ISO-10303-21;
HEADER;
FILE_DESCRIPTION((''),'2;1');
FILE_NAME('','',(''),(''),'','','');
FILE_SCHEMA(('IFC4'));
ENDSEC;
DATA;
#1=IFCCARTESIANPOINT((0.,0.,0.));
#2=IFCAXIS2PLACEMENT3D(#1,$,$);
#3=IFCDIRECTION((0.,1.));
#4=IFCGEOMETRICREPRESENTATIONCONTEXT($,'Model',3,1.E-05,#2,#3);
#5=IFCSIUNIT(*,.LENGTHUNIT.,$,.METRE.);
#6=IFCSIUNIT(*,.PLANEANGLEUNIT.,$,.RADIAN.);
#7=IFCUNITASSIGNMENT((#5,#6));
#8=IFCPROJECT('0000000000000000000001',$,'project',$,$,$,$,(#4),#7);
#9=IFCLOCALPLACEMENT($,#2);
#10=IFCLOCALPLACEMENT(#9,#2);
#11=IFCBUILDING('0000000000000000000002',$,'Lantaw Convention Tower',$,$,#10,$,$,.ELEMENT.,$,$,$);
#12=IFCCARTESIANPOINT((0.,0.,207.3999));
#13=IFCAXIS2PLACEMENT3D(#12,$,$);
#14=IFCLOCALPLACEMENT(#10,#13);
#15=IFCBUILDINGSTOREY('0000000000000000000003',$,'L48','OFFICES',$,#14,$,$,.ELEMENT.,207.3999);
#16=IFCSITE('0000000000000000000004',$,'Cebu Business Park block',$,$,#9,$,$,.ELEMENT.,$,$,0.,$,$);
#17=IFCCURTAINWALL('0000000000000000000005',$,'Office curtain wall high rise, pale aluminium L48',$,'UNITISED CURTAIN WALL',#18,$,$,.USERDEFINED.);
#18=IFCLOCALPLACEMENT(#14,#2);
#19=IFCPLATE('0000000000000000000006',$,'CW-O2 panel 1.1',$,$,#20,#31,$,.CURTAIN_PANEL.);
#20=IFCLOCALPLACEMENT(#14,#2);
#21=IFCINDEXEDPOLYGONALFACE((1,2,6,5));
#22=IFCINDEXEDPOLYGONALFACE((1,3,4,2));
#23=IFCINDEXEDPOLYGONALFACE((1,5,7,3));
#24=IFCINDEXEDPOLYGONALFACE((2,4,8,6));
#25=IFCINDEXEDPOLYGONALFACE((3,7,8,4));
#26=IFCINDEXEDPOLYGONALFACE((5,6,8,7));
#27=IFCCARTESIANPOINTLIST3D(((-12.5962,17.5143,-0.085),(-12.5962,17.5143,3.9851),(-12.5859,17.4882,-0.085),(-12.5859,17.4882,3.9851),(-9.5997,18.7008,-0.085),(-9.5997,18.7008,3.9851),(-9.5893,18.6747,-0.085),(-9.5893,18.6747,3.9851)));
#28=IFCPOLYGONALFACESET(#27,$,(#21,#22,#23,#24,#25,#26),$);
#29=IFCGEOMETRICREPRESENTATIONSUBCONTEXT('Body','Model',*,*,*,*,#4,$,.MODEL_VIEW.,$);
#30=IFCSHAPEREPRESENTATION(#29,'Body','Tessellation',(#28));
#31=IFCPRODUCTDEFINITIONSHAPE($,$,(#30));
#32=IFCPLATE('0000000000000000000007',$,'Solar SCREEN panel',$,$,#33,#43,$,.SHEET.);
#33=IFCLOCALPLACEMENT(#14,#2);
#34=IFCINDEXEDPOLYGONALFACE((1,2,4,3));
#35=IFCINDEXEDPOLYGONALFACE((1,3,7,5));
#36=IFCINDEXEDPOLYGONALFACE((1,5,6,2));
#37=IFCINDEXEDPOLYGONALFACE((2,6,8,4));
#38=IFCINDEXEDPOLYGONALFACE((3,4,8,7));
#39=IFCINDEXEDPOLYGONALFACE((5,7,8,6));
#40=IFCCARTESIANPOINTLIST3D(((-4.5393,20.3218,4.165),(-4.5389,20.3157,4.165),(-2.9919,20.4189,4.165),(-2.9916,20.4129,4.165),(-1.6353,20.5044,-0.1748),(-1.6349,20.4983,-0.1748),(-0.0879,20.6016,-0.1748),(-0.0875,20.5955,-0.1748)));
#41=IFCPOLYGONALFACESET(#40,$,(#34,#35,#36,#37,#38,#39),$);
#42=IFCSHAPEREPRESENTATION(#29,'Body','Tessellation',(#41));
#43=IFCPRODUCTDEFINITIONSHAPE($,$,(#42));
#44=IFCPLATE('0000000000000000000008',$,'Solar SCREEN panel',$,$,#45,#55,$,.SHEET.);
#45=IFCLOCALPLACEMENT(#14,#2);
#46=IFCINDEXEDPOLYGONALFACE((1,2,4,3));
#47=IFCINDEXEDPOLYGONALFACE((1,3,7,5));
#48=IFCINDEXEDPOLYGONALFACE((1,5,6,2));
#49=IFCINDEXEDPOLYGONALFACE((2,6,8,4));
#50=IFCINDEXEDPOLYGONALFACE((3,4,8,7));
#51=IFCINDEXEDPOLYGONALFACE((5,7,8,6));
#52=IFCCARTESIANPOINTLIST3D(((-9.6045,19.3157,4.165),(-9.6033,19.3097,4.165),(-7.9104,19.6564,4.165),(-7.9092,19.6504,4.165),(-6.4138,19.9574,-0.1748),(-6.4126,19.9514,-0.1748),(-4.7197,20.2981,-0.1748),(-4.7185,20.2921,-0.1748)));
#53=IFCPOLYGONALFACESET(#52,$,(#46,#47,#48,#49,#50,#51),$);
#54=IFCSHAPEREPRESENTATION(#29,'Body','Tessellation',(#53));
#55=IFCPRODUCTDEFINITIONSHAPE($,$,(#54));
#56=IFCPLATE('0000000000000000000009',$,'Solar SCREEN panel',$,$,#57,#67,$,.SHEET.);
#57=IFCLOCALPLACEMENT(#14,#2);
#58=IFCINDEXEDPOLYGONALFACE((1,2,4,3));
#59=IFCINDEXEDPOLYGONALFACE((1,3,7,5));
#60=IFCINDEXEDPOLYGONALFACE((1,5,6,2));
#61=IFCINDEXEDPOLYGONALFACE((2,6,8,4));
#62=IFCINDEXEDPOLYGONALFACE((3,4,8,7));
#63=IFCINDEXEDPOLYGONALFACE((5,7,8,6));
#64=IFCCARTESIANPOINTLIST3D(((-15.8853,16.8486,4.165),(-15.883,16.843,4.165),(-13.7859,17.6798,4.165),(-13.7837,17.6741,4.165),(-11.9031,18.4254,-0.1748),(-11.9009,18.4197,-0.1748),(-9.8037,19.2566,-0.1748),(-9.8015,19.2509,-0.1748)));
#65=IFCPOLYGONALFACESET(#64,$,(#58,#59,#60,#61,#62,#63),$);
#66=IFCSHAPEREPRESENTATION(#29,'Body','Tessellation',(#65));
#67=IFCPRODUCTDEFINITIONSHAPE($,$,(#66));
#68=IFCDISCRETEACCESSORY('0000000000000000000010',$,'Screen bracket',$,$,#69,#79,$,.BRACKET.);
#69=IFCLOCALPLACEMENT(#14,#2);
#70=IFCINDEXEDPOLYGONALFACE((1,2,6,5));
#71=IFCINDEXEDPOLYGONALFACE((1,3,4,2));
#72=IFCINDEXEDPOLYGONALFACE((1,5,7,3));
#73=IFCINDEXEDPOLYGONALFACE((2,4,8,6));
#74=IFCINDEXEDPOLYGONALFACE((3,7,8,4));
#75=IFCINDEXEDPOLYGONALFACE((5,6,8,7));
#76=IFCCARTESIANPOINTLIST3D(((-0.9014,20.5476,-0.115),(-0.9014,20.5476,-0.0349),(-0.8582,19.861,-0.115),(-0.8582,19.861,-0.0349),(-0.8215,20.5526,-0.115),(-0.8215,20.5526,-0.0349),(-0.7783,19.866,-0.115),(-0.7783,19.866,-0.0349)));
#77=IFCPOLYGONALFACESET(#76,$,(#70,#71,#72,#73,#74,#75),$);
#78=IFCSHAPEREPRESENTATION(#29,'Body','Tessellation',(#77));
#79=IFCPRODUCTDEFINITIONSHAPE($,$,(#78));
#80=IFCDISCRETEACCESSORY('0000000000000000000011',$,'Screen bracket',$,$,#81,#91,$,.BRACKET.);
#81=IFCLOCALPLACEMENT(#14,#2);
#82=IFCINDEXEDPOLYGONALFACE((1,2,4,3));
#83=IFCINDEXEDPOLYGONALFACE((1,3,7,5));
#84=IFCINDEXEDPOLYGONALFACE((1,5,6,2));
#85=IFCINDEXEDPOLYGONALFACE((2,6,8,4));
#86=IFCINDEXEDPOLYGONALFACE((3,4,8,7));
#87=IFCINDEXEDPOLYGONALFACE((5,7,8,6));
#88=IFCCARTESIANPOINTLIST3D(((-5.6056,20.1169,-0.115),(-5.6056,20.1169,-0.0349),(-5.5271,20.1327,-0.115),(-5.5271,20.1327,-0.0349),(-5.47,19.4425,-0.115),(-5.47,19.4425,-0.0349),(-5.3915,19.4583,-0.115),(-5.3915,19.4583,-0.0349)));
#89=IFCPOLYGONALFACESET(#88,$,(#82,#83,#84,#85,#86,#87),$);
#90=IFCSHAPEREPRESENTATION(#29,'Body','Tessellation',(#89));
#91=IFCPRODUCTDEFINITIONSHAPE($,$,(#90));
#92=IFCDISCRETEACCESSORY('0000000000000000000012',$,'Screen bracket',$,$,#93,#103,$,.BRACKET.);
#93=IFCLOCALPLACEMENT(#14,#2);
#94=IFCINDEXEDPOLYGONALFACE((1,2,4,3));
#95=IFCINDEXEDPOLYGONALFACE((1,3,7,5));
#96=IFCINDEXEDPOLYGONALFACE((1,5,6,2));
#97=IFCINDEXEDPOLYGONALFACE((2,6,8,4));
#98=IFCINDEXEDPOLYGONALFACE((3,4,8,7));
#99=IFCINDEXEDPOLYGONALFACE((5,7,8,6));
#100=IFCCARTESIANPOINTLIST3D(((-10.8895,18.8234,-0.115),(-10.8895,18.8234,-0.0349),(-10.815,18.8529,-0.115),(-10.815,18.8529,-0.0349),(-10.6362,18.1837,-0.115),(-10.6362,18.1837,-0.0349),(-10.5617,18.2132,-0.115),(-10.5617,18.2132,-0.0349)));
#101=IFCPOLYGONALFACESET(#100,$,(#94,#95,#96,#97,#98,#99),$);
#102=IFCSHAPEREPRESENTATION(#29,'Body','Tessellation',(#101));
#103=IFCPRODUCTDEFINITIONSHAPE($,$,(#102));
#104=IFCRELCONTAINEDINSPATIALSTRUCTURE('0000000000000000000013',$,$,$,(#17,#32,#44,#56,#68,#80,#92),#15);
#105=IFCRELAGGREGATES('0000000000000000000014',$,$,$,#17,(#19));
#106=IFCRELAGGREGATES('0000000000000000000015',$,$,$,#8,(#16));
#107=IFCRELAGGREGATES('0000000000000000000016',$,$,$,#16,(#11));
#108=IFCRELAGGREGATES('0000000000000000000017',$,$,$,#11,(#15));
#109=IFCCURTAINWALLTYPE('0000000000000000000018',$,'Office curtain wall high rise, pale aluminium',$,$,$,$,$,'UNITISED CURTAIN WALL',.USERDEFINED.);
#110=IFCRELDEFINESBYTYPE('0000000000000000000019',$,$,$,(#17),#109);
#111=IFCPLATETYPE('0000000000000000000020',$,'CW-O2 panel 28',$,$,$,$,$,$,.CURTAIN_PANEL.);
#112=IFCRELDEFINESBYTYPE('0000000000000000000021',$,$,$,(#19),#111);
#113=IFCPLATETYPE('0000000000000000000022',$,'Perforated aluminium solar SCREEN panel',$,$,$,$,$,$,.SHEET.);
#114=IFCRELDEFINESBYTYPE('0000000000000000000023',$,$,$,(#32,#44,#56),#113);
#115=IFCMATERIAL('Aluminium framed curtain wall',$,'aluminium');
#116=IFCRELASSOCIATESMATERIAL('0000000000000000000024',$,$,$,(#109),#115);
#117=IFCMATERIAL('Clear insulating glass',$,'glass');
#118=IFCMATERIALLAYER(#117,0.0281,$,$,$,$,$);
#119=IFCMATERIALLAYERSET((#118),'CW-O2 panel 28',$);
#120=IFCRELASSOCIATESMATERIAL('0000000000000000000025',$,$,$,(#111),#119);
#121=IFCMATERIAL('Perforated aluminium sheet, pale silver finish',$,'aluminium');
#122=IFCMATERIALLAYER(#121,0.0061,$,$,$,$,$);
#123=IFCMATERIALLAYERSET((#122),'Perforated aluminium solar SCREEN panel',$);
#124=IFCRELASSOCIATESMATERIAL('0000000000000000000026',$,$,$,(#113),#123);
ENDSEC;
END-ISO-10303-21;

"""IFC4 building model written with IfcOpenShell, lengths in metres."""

from ifc_helpers import new_model, si_unit, direction, frame, origin, origin_2d, place, context, subcontext, project, spatial, polyline, rectangle, outline, extrude, material, layer, layer_set, type_object, element, aggregate, save


model = new_model("IFC4")

# Units and contexts
model_context = context("Model", 3, precision=1e-05, world=origin(), true_north=direction((0.0, 1.0)))
body_context = subcontext(model_context, "Body", "Model", "MODEL_VIEW")
ifc_project = project(units=[si_unit("LENGTHUNIT", "METRE"), si_unit("PLANEANGLEUNIT", "RADIAN")], contexts=[model_context])

# Site, building, storey
site_placement = place(None, origin())
site = spatial("IfcSite", under=ifc_project, at=site_placement, Name="Cebu Business Park block", CompositionType="ELEMENT", RefElevation=0.0)
building_placement = place(site_placement, origin())
building = spatial("IfcBuilding", under=site, at=building_placement, Name="Lantaw Convention Tower", CompositionType="ELEMENT")
storey_placement = place(building_placement, frame((0.0, 0.0, 207.3999)))
storey = spatial("IfcBuildingStorey", under=building, at=storey_placement, Name="L48", Description="OFFICES", CompositionType="ELEMENT", Elevation=207.3999)

# Shared definitions
ifc_material_1 = material(Name="Aluminium framed curtain wall", Category="aluminium")
curtain_wall_type = type_object("IfcCurtainWallType", Name="Office curtain wall high rise, pale aluminium", ElementType="UNITISED CURTAIN WALL", PredefinedType="USERDEFINED", material=ifc_material_1)

# Curtain wall
curtain_wall_1_placement = place(storey_placement, origin())
curtain_wall_1 = element("IfcCurtainWall", 1, at=curtain_wall_1_placement, inside=storey, type_object=curtain_wall_type, Name="Office curtain wall high rise, pale aluminium L48", ObjectType="UNITISED CURTAIN WALL", PredefinedType="USERDEFINED")

# Plate
ifc_material_2 = material(Name="Clear insulating glass", Category="glass")
ifc_layer_1 = layer(ifc_material_2, 0.0281)
ifc_layer_set_1 = layer_set([ifc_layer_1], Name="CW-O2 panel 28")
plate_type_1 = type_object("IfcPlateType", Name="CW-O2 panel 28", PredefinedType="CURTAIN_PANEL", material=ifc_layer_set_1)
plate_1_placement = place(storey_placement, frame((-11.0928, 18.0945, -0.085), z_axis=(0.0, 0.0, 1.0), x_axis=(-0.929762, -0.368162, 0.0)))
plate_1 = element("IfcPlate", 2, at=plate_1_placement, type_object=plate_type_1, Name="CW-O2 panel 1.1", PredefinedType="CURTAIN_PANEL", context=body_context, shape_type="SweptSolid", body=[
    extrude(rectangle(XDim=3.2229, YDim=0.0281, at=origin_2d()), origin(), (0.0, 0.0, 1.0), 4.0701),
])
aggregate(curtain_wall_1, [plate_1])

# Plates
ifc_material_3 = material(Name="Perforated aluminium sheet, pale silver finish", Category="aluminium")
ifc_layer_2 = layer(ifc_material_3, 0.0061)
ifc_layer_set_2 = layer_set([ifc_layer_2], Name="Perforated aluminium solar SCREEN panel")
plate_type_2 = type_object("IfcPlateType", Name="Perforated aluminium solar SCREEN panel", PredefinedType="SHEET", material=ifc_layer_set_2)
plate_2_placement = place(storey_placement, frame((-0.0879, 20.6016, -0.1748), z_axis=(-0.062672, 0.998034, 0.000059), x_axis=(-0.998034, -0.062672, 0.0)))
element("IfcPlate", 3, at=plate_2_placement, inside=storey, type_object=plate_type_2, Name="Solar SCREEN panel", PredefinedType="SHEET", context=body_context, shape_type="SweptSolid", body=[
    extrude(outline(polyline([(0.0, 0.0), (1.5504, 0.0), (4.4602, 4.3398), (2.9098, 4.3398), (0.0, 0.0)])), origin(), (0.0, 0.0, -1.0), 0.0061),
])
plate_3_placement = place(storey_placement, frame((-4.7197, 20.2981, -0.1748), z_axis=(-0.197162, 0.980371, 0.000011), x_axis=(-0.980371, -0.197162, 0.0)))
element("IfcPlate", 4, at=plate_3_placement, inside=storey, type_object=plate_type_2, Name="Solar SCREEN panel", PredefinedType="SHEET", context=body_context, shape_type="SweptSolid", body=[
    extrude(outline(polyline([(0.0, 0.0), (1.728, 0.0), (4.9826, 4.3398), (3.2546, 4.3398), (0.0, 0.0)])), origin(), (0.0, 0.0, -1.0), 0.0061),
])
plate_4_placement = place(storey_placement, frame((-9.8037, 19.2566, -0.1748), z_axis=(-0.368117, 0.92978, 0.000036), x_axis=(-0.92978, -0.368117, 0.0)))
element("IfcPlate", 5, at=plate_4_placement, inside=storey, type_object=plate_type_2, Name="Solar SCREEN panel", PredefinedType="SHEET", context=body_context, shape_type="SweptSolid", body=[
    extrude(outline(polyline([(0.0, 0.0), (2.258, 0.0), (6.5409, 4.3398), (4.283, 4.3398), (0.0, 0.0)])), origin(), (0.0, 0.0, -1.0), 0.0061),
])

# Discrete accessories
for number, where, z_axis, x_axis, name in (
    (6, (-0.8398, 20.2068, -0.115), (0.0, 0.0, 1.0), (-0.998029, -0.062758, 0.0), "Screen bracket"),
    (7, (-5.4985, 19.7876, -0.115), (0.0, 0.0, 1.0), (-0.980367, -0.197183, 0.0), "Screen bracket"),
    (8, (-10.7256, 18.5183, -0.115), (0.0, 0.0, 1.0), (-0.929762, -0.368162, 0.0), "Screen bracket"),
):
    element("IfcDiscreteAccessory", number, at=place(storey_placement, frame(where, z_axis=z_axis, x_axis=x_axis)), inside=storey, Name=name, PredefinedType="BRACKET", context=body_context, shape_type="SweptSolid", body=[
        extrude(rectangle(XDim=0.0801, YDim=0.688, at=origin_2d()), origin(), (0.0, 0.0, 1.0), 0.0801),
    ])

save(model, "model.ifc")
